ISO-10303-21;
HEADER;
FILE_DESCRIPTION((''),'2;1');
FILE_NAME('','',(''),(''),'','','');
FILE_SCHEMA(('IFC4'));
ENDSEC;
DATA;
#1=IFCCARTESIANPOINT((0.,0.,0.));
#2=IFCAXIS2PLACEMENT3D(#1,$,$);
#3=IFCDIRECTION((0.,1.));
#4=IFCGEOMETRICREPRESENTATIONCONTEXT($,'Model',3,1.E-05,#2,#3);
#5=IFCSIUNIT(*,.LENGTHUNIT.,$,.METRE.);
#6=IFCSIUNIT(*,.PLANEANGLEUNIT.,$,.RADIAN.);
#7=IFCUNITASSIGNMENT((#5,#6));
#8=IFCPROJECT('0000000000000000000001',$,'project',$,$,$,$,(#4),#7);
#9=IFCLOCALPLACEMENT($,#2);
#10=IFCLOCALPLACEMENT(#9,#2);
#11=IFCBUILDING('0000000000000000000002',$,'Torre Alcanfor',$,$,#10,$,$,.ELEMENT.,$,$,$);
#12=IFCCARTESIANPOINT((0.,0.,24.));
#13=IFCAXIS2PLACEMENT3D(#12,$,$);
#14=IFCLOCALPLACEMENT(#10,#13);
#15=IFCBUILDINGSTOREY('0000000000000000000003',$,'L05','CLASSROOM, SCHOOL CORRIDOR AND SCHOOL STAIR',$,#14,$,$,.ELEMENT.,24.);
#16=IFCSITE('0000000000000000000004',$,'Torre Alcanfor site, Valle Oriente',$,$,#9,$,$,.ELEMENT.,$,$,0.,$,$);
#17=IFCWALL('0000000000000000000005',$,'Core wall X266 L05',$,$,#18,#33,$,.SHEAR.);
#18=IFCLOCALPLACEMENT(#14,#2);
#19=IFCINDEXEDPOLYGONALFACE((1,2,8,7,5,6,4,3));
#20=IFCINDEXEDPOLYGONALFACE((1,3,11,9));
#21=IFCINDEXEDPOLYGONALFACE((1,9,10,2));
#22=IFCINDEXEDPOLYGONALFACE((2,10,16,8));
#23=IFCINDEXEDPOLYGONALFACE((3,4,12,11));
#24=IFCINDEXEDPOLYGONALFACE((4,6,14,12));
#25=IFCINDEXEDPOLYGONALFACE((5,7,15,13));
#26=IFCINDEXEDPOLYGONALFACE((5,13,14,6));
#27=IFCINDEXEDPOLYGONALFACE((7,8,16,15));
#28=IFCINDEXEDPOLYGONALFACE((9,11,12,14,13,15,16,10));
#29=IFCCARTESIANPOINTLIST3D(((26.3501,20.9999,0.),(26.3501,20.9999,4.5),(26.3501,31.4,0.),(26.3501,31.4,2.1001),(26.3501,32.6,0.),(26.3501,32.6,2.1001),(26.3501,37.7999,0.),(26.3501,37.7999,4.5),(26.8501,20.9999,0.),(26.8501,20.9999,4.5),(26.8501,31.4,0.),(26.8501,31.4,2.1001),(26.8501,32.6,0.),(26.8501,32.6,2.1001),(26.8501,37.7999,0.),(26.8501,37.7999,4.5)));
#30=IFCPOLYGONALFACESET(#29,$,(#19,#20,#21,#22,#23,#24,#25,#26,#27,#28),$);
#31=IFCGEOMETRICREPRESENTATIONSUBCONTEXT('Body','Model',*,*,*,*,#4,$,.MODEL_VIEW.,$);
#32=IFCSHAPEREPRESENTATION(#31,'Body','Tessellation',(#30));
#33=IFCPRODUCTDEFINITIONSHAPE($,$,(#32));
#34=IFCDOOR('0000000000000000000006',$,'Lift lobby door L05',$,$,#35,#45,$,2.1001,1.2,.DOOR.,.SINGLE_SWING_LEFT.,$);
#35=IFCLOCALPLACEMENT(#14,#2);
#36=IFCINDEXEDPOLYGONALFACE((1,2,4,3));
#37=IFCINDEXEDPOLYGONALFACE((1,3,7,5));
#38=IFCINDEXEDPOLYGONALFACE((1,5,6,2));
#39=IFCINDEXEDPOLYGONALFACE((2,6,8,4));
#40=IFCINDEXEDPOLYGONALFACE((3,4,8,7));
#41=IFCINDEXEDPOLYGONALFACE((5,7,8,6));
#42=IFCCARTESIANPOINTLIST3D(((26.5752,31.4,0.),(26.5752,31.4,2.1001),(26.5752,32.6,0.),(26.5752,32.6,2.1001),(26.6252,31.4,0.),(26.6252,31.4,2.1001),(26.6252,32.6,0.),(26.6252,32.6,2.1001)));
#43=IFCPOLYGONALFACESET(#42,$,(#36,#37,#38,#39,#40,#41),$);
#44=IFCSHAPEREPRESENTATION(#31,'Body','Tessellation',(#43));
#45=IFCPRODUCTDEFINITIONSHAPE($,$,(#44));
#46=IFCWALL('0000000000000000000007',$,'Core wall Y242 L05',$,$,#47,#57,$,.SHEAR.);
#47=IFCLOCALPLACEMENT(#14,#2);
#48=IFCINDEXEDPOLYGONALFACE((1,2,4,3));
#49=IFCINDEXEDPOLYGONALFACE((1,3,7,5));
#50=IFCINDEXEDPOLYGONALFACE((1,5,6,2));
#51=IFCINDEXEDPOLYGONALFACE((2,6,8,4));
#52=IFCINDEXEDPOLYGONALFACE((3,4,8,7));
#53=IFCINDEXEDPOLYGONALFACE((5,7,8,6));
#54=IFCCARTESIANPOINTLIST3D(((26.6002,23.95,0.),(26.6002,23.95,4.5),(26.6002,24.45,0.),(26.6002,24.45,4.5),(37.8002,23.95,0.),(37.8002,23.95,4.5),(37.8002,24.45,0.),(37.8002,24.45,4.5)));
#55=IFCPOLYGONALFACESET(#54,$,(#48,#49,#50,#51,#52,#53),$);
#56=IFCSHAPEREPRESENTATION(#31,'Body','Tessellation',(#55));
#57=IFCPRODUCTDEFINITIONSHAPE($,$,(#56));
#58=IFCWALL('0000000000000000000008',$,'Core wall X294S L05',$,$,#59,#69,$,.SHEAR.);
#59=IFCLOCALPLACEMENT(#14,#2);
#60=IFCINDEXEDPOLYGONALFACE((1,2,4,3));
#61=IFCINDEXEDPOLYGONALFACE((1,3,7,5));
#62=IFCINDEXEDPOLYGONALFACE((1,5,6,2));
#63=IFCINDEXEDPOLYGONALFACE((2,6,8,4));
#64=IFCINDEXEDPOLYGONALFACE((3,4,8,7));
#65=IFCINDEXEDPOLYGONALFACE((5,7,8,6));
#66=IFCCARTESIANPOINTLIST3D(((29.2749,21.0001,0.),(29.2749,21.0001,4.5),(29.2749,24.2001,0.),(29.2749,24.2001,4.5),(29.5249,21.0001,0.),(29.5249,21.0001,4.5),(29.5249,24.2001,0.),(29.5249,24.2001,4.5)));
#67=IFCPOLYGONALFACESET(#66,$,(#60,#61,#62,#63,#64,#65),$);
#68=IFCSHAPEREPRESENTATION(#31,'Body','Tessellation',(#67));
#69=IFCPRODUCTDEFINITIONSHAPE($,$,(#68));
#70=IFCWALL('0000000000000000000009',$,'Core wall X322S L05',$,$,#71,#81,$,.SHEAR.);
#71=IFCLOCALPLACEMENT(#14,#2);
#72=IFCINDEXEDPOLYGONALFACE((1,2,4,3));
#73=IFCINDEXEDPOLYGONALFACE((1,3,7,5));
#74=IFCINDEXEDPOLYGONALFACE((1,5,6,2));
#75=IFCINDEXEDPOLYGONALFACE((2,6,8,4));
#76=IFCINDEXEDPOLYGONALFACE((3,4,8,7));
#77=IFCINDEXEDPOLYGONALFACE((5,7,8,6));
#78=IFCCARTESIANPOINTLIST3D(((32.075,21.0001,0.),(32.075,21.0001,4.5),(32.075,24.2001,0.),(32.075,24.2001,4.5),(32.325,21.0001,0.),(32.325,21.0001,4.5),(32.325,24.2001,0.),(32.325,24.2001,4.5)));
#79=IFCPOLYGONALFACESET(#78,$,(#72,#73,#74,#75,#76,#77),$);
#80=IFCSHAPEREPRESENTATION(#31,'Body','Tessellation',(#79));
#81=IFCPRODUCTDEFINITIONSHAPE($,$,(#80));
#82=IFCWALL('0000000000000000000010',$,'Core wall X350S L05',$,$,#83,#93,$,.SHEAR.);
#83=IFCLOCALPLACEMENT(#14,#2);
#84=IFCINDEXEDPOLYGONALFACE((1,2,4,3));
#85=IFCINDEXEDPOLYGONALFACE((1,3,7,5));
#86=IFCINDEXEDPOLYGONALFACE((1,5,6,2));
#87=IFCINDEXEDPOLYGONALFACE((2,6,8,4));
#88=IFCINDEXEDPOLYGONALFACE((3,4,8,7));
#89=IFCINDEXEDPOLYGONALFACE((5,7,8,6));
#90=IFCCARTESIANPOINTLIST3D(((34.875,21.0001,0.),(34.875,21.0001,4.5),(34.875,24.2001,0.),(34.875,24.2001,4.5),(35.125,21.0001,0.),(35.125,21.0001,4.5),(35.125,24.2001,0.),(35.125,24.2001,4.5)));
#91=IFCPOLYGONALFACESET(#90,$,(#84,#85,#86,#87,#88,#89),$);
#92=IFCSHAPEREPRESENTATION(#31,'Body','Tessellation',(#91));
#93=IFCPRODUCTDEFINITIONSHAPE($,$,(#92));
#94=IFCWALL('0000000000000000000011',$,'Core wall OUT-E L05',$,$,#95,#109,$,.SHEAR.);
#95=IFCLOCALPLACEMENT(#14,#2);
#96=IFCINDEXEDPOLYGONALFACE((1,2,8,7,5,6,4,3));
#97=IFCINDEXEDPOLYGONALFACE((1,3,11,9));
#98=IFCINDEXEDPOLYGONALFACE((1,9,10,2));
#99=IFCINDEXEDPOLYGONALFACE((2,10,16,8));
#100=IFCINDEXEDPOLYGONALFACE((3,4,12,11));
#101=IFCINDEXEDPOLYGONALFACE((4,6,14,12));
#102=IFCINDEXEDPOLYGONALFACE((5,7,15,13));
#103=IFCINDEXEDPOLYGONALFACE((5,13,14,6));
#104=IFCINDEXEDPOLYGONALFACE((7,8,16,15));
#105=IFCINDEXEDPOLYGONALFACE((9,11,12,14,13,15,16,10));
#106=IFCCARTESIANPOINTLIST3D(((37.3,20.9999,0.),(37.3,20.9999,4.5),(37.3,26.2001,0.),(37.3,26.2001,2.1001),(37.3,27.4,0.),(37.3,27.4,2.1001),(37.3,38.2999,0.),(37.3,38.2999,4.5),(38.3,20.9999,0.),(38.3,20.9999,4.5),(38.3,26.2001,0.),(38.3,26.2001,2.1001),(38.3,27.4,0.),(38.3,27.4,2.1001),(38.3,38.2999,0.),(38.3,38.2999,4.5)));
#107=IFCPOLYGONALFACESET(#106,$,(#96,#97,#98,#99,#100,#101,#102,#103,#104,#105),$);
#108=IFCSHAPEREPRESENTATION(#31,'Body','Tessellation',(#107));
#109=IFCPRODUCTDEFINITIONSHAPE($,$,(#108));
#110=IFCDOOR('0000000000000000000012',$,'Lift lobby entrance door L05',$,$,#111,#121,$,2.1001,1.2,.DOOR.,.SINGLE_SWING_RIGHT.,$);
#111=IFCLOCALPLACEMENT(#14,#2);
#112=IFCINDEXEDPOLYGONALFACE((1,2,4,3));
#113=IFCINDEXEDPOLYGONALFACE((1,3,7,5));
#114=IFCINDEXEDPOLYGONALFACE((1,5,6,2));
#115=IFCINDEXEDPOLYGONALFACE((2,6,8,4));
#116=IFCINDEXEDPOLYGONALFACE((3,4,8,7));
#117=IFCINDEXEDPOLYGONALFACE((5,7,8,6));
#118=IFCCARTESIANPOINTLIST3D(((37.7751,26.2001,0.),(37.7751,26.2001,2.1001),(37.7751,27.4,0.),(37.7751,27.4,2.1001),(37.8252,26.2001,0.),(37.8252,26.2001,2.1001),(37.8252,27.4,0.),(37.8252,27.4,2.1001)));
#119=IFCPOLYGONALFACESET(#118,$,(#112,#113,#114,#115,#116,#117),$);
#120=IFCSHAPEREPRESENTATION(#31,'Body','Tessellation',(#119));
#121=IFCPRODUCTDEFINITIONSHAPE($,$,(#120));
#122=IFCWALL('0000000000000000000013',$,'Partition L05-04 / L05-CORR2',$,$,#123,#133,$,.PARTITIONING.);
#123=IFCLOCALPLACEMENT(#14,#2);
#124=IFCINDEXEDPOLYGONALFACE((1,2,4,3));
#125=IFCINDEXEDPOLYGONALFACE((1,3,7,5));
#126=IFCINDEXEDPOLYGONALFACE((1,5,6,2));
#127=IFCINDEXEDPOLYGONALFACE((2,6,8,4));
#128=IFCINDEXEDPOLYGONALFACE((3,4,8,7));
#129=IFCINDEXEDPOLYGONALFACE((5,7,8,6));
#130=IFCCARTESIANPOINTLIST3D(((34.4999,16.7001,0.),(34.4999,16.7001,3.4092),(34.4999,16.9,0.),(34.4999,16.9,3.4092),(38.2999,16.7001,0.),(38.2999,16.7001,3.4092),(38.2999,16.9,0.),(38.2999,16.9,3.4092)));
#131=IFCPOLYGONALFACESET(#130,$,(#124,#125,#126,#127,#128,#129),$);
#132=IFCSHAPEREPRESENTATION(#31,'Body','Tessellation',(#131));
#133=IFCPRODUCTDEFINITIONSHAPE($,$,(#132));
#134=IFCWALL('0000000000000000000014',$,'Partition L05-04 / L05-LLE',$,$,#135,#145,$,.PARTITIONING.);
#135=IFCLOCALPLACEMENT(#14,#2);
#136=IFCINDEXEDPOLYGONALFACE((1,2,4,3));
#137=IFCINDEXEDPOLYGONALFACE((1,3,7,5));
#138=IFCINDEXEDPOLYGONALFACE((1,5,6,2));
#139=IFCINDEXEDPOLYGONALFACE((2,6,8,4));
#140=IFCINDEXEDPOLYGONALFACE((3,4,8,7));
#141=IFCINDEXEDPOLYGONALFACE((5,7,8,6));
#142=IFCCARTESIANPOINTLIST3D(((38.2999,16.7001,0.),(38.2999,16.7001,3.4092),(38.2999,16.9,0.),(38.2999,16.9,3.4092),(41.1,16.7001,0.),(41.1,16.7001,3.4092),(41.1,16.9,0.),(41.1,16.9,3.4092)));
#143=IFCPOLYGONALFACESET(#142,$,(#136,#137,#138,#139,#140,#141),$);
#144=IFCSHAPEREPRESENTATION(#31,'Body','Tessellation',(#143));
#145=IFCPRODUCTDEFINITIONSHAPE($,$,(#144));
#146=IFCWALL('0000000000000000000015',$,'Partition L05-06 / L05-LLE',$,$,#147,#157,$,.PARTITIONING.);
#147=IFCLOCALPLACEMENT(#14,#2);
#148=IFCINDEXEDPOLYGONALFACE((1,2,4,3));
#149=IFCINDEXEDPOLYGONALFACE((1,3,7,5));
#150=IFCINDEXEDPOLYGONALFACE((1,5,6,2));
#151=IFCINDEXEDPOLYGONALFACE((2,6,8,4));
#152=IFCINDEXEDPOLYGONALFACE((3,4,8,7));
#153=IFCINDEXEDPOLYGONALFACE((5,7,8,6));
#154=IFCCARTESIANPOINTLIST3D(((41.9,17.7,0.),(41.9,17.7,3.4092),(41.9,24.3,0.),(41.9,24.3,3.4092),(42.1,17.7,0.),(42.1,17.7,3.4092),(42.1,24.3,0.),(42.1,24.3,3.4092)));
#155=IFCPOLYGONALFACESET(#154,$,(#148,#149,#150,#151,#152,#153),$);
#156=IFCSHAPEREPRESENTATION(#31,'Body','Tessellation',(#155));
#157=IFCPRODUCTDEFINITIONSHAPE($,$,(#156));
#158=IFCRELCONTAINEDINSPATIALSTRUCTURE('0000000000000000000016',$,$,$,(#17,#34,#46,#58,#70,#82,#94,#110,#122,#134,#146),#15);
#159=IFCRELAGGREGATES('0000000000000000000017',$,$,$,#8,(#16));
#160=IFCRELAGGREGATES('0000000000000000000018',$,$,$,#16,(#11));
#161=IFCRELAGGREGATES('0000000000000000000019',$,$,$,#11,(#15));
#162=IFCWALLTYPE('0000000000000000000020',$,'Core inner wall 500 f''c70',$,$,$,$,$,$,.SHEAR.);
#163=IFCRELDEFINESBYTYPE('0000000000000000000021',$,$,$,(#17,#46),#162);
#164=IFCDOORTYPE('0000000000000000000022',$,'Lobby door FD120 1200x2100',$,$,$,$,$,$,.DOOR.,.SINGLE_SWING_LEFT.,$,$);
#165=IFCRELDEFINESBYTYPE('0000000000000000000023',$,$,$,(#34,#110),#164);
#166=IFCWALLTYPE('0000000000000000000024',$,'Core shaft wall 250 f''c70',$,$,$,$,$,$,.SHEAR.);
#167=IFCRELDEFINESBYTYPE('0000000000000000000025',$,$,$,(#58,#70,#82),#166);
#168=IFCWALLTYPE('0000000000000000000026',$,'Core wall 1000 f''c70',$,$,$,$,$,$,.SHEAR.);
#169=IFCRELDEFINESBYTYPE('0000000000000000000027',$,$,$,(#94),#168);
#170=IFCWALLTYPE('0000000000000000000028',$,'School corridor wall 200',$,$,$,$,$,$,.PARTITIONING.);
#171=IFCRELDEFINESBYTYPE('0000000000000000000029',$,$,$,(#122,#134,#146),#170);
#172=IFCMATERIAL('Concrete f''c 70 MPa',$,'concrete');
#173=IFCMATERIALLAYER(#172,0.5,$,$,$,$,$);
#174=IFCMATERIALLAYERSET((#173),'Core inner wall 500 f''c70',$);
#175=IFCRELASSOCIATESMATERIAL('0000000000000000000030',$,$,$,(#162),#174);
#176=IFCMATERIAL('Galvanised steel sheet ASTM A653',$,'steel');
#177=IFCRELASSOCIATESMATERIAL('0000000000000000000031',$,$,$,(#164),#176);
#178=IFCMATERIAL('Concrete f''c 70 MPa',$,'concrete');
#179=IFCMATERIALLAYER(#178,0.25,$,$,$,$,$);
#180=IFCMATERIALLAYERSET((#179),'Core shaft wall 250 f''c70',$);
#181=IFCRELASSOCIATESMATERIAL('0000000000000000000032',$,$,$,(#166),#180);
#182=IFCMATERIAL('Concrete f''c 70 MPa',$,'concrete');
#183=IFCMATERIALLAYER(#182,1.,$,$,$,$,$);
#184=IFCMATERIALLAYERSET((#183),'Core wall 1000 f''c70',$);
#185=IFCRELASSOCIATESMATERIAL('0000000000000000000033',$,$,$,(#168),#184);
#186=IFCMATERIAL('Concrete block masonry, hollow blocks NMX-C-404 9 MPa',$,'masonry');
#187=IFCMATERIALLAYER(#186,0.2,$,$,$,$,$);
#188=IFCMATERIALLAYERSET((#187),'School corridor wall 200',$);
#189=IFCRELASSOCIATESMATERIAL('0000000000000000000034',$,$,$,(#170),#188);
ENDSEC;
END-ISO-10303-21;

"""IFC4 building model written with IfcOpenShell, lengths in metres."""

from ifc_helpers import new_model, si_unit, direction, frame, frame_2d, origin, place, context, subcontext, project, spatial, rectangle, extrude, material, layer, layer_set, type_object, element, fill, save


model = new_model("IFC4")

# Units and contexts
model_context = context("Model", 3, precision=1e-05, world=origin(), true_north=direction((0.0, 1.0)))
body_context = subcontext(model_context, "Body", "Model", "MODEL_VIEW")
ifc_project = project(units=[si_unit("LENGTHUNIT", "METRE"), si_unit("PLANEANGLEUNIT", "RADIAN")], contexts=[model_context])

# Site, building, storey
site_placement = place(None, origin())
site = spatial("IfcSite", under=ifc_project, at=site_placement, Name="Torre Alcanfor site, Valle Oriente", CompositionType="ELEMENT", RefElevation=0.0)
building_placement = place(site_placement, origin())
building = spatial("IfcBuilding", under=site, at=building_placement, Name="Torre Alcanfor", CompositionType="ELEMENT")
storey_placement = place(building_placement, frame((0.0, 0.0, 24.0)))
storey = spatial("IfcBuildingStorey", under=building, at=storey_placement, Name="L05", Description="CLASSROOM, SCHOOL CORRIDOR AND SCHOOL STAIR", CompositionType="ELEMENT", Elevation=24.0)

# Wall, opening, door
ifc_material_1 = material(Name="Concrete f'c 70 MPa", Category="concrete")
ifc_layer_1 = layer(ifc_material_1, 0.5)
ifc_layer_set_1 = layer_set([ifc_layer_1], Name="Core inner wall 500 f'c70")
wall_type_1 = type_object("IfcWallType", Name="Core inner wall 500 f'c70", PredefinedType="SHEAR", material=ifc_layer_set_1)
wall_1_placement = place(storey_placement, frame((26.6001, 21.0, 0.0), z_axis=(0.0, 0.0, 1.0), x_axis=(0.0, 1.0, 0.0)))
wall_1 = element("IfcWall", 1, at=wall_1_placement, inside=storey, type_object=wall_type_1, Name="Core wall X266 L05", PredefinedType="SHEAR", context=body_context, shape_type="SweptSolid", body=[
    extrude(rectangle(XDim=16.8, YDim=0.5, at=frame_2d((8.3999, 0.0))), origin(), (0.0, 0.0, 1.0), 4.5),
])
opening_1_placement = place(wall_1_placement, frame((10.3999, 0.0, 0.0)))
opening_1 = element("IfcOpeningElement", 2, at=opening_1_placement, cuts=wall_1, PredefinedType="OPENING", context=body_context, shape_type="SweptSolid", body=[
    extrude(rectangle(XDim=1.2, YDim=2.1001, at=frame_2d((0.6001, 1.05))), frame((0.0, 0.26, 0.0), z_axis=(0.0, -1.0, 0.0), x_axis=(1.0, 0.0, 0.0)), (0.0, 0.0, 1.0), 0.52),
])
ifc_material_2 = material(Name="Galvanised steel sheet ASTM A653", Category="steel")
door_type = type_object("IfcDoorType", Name="Lobby door FD120 1200x2100", OperationType="SINGLE_SWING_LEFT", PredefinedType="DOOR", material=ifc_material_2)
door_1_placement = place(opening_1_placement, origin())
door_1 = element("IfcDoor", 3, at=door_1_placement, inside=storey, type_object=door_type, Name="Lift lobby door L05", OperationType="SINGLE_SWING_LEFT", OverallHeight=2.1001, OverallWidth=1.2, PredefinedType="DOOR", context=body_context, shape_type="SweptSolid", body=[
    extrude(rectangle(XDim=1.2, YDim=2.1001, at=frame_2d((0.6001, 1.05))), frame((0.0, 0.0249, 0.0), z_axis=(0.0, -1.0, 0.0), x_axis=(1.0, 0.0, 0.0)), (0.0, 0.0, 1.0), 0.05),
])
fill(opening_1, door_1)

# Walls
wall_2_placement = place(storey_placement, frame((26.6001, 24.2, 0.0), z_axis=(0.0, 0.0, 1.0), x_axis=(1.0, 0.0, 0.0)))
element("IfcWall", 4, at=wall_2_placement, inside=storey, type_object=wall_type_1, Name="Core wall Y242 L05", PredefinedType="SHEAR", context=body_context, shape_type="SweptSolid", body=[
    extrude(rectangle(XDim=11.2, YDim=0.5, at=frame_2d((5.6001, 0.0))), origin(), (0.0, 0.0, 1.0), 4.5),
])
ifc_material_3 = material(Name="Concrete f'c 70 MPa", Category="concrete")
ifc_layer_2 = layer(ifc_material_3, 0.25)
ifc_layer_set_2 = layer_set([ifc_layer_2], Name="Core shaft wall 250 f'c70")
wall_type_2 = type_object("IfcWallType", Name="Core shaft wall 250 f'c70", PredefinedType="SHEAR", material=ifc_layer_set_2)
for number, where, z_axis, x_axis, name in (
    (5, (29.3999, 21.0, 0.0), (0.0, 0.0, 1.0), (0.0, 1.0, 0.0), "Core wall X294S L05"),
    (6, (32.2, 21.0, 0.0), (0.0, 0.0, 1.0), (0.0, 1.0, 0.0), "Core wall X322S L05"),
    (7, (35.0, 21.0, 0.0), (0.0, 0.0, 1.0), (0.0, 1.0, 0.0), "Core wall X350S L05"),
):
    element("IfcWall", number, at=place(storey_placement, frame(where, z_axis=z_axis, x_axis=x_axis)), inside=storey, type_object=wall_type_2, Name=name, PredefinedType="SHEAR", context=body_context, shape_type="SweptSolid", body=[
        extrude(rectangle(XDim=3.2, YDim=0.25, at=frame_2d((1.6001, 0.0))), origin(), (0.0, 0.0, 1.0), 4.5),
    ])

# Wall, opening, door
ifc_material_4 = material(Name="Concrete f'c 70 MPa", Category="concrete")
ifc_layer_3 = layer(ifc_material_4, 1.0)
ifc_layer_set_3 = layer_set([ifc_layer_3], Name="Core wall 1000 f'c70")
wall_type_3 = type_object("IfcWallType", Name="Core wall 1000 f'c70", PredefinedType="SHEAR", material=ifc_layer_set_3)
wall_3_placement = place(storey_placement, frame((37.8, 21.0, 0.0), z_axis=(0.0, 0.0, 1.0), x_axis=(0.0, 1.0, 0.0)))
wall_3 = element("IfcWall", 8, at=wall_3_placement, inside=storey, type_object=wall_type_3, Name="Core wall OUT-E L05", PredefinedType="SHEAR", context=body_context, shape_type="SweptSolid", body=[
    extrude(rectangle(XDim=17.3, YDim=1.0, at=frame_2d((8.6499, 0.0))), origin(), (0.0, 0.0, 1.0), 4.5),
])
opening_2_placement = place(wall_3_placement, frame((5.2, 0.0, 0.0)))
opening_2 = element("IfcOpeningElement", 9, at=opening_2_placement, cuts=wall_3, PredefinedType="OPENING", context=body_context, shape_type="SweptSolid", body=[
    extrude(rectangle(XDim=1.2, YDim=2.1001, at=frame_2d((0.6001, 1.05))), frame((0.0, 0.51, 0.0), z_axis=(0.0, -1.0, 0.0), x_axis=(1.0, 0.0, 0.0)), (0.0, 0.0, 1.0), 1.02),
])
door_2_placement = place(opening_2_placement, frame((1.2, 0.0, 0.0), z_axis=(0.0, 0.0, 1.0), x_axis=(-1.0, 0.0, 0.0)))
door_2 = element("IfcDoor", 10, at=door_2_placement, inside=storey, type_object=door_type, Name="Lift lobby entrance door L05", OperationType="SINGLE_SWING_RIGHT", OverallHeight=2.1001, OverallWidth=1.2, PredefinedType="DOOR", context=body_context, shape_type="SweptSolid", body=[
    extrude(rectangle(XDim=1.2, YDim=2.1001, at=frame_2d((0.5999, 1.05))), frame((0.0, 0.0251, 0.0), z_axis=(0.0, -1.0, 0.0), x_axis=(1.0, 0.0, 0.0)), (0.0, 0.0, 1.0), 0.05),
])
fill(opening_2, door_2)

# Walls
ifc_material_5 = material(Name="Concrete block masonry, hollow blocks NMX-C-404 9 MPa", Category="masonry")
ifc_layer_4 = layer(ifc_material_5, 0.2)
ifc_layer_set_4 = layer_set([ifc_layer_4], Name="School corridor wall 200")
wall_type_4 = type_object("IfcWallType", Name="School corridor wall 200", PredefinedType="PARTITIONING", material=ifc_layer_set_4)
wall_4_placement = place(storey_placement, frame((34.5, 16.8, 0.0), z_axis=(0.0, 0.0, 1.0), x_axis=(1.0, 0.0, 0.0)))
element("IfcWall", 11, at=wall_4_placement, inside=storey, type_object=wall_type_4, Name="Partition L05-04 / L05-CORR2", PredefinedType="PARTITIONING", context=body_context, shape_type="SweptSolid", body=[
    extrude(rectangle(XDim=3.8, YDim=0.2, at=frame_2d((1.8999, 0.0))), origin(), (0.0, 0.0, 1.0), 3.4092),
])
wall_5_placement = place(storey_placement, frame((38.3, 16.8, 0.0), z_axis=(0.0, 0.0, 1.0), x_axis=(1.0, 0.0, 0.0)))
element("IfcWall", 12, at=wall_5_placement, inside=storey, type_object=wall_type_4, Name="Partition L05-04 / L05-LLE", PredefinedType="PARTITIONING", context=body_context, shape_type="SweptSolid", body=[
    extrude(rectangle(XDim=2.8, YDim=0.2, at=frame_2d((1.3999, 0.0))), origin(), (0.0, 0.0, 1.0), 3.4092),
])
wall_6_placement = place(storey_placement, frame((42.0, 17.7, 0.0), z_axis=(0.0, 0.0, 1.0), x_axis=(0.0, 1.0, 0.0)))
element("IfcWall", 13, at=wall_6_placement, inside=storey, type_object=wall_type_4, Name="Partition L05-06 / L05-LLE", PredefinedType="PARTITIONING", context=body_context, shape_type="SweptSolid", body=[
    extrude(rectangle(XDim=6.6001, YDim=0.2, at=frame_2d((3.3, 0.0))), origin(), (0.0, 0.0, 1.0), 3.4092),
])

save(model, "model.ifc")
